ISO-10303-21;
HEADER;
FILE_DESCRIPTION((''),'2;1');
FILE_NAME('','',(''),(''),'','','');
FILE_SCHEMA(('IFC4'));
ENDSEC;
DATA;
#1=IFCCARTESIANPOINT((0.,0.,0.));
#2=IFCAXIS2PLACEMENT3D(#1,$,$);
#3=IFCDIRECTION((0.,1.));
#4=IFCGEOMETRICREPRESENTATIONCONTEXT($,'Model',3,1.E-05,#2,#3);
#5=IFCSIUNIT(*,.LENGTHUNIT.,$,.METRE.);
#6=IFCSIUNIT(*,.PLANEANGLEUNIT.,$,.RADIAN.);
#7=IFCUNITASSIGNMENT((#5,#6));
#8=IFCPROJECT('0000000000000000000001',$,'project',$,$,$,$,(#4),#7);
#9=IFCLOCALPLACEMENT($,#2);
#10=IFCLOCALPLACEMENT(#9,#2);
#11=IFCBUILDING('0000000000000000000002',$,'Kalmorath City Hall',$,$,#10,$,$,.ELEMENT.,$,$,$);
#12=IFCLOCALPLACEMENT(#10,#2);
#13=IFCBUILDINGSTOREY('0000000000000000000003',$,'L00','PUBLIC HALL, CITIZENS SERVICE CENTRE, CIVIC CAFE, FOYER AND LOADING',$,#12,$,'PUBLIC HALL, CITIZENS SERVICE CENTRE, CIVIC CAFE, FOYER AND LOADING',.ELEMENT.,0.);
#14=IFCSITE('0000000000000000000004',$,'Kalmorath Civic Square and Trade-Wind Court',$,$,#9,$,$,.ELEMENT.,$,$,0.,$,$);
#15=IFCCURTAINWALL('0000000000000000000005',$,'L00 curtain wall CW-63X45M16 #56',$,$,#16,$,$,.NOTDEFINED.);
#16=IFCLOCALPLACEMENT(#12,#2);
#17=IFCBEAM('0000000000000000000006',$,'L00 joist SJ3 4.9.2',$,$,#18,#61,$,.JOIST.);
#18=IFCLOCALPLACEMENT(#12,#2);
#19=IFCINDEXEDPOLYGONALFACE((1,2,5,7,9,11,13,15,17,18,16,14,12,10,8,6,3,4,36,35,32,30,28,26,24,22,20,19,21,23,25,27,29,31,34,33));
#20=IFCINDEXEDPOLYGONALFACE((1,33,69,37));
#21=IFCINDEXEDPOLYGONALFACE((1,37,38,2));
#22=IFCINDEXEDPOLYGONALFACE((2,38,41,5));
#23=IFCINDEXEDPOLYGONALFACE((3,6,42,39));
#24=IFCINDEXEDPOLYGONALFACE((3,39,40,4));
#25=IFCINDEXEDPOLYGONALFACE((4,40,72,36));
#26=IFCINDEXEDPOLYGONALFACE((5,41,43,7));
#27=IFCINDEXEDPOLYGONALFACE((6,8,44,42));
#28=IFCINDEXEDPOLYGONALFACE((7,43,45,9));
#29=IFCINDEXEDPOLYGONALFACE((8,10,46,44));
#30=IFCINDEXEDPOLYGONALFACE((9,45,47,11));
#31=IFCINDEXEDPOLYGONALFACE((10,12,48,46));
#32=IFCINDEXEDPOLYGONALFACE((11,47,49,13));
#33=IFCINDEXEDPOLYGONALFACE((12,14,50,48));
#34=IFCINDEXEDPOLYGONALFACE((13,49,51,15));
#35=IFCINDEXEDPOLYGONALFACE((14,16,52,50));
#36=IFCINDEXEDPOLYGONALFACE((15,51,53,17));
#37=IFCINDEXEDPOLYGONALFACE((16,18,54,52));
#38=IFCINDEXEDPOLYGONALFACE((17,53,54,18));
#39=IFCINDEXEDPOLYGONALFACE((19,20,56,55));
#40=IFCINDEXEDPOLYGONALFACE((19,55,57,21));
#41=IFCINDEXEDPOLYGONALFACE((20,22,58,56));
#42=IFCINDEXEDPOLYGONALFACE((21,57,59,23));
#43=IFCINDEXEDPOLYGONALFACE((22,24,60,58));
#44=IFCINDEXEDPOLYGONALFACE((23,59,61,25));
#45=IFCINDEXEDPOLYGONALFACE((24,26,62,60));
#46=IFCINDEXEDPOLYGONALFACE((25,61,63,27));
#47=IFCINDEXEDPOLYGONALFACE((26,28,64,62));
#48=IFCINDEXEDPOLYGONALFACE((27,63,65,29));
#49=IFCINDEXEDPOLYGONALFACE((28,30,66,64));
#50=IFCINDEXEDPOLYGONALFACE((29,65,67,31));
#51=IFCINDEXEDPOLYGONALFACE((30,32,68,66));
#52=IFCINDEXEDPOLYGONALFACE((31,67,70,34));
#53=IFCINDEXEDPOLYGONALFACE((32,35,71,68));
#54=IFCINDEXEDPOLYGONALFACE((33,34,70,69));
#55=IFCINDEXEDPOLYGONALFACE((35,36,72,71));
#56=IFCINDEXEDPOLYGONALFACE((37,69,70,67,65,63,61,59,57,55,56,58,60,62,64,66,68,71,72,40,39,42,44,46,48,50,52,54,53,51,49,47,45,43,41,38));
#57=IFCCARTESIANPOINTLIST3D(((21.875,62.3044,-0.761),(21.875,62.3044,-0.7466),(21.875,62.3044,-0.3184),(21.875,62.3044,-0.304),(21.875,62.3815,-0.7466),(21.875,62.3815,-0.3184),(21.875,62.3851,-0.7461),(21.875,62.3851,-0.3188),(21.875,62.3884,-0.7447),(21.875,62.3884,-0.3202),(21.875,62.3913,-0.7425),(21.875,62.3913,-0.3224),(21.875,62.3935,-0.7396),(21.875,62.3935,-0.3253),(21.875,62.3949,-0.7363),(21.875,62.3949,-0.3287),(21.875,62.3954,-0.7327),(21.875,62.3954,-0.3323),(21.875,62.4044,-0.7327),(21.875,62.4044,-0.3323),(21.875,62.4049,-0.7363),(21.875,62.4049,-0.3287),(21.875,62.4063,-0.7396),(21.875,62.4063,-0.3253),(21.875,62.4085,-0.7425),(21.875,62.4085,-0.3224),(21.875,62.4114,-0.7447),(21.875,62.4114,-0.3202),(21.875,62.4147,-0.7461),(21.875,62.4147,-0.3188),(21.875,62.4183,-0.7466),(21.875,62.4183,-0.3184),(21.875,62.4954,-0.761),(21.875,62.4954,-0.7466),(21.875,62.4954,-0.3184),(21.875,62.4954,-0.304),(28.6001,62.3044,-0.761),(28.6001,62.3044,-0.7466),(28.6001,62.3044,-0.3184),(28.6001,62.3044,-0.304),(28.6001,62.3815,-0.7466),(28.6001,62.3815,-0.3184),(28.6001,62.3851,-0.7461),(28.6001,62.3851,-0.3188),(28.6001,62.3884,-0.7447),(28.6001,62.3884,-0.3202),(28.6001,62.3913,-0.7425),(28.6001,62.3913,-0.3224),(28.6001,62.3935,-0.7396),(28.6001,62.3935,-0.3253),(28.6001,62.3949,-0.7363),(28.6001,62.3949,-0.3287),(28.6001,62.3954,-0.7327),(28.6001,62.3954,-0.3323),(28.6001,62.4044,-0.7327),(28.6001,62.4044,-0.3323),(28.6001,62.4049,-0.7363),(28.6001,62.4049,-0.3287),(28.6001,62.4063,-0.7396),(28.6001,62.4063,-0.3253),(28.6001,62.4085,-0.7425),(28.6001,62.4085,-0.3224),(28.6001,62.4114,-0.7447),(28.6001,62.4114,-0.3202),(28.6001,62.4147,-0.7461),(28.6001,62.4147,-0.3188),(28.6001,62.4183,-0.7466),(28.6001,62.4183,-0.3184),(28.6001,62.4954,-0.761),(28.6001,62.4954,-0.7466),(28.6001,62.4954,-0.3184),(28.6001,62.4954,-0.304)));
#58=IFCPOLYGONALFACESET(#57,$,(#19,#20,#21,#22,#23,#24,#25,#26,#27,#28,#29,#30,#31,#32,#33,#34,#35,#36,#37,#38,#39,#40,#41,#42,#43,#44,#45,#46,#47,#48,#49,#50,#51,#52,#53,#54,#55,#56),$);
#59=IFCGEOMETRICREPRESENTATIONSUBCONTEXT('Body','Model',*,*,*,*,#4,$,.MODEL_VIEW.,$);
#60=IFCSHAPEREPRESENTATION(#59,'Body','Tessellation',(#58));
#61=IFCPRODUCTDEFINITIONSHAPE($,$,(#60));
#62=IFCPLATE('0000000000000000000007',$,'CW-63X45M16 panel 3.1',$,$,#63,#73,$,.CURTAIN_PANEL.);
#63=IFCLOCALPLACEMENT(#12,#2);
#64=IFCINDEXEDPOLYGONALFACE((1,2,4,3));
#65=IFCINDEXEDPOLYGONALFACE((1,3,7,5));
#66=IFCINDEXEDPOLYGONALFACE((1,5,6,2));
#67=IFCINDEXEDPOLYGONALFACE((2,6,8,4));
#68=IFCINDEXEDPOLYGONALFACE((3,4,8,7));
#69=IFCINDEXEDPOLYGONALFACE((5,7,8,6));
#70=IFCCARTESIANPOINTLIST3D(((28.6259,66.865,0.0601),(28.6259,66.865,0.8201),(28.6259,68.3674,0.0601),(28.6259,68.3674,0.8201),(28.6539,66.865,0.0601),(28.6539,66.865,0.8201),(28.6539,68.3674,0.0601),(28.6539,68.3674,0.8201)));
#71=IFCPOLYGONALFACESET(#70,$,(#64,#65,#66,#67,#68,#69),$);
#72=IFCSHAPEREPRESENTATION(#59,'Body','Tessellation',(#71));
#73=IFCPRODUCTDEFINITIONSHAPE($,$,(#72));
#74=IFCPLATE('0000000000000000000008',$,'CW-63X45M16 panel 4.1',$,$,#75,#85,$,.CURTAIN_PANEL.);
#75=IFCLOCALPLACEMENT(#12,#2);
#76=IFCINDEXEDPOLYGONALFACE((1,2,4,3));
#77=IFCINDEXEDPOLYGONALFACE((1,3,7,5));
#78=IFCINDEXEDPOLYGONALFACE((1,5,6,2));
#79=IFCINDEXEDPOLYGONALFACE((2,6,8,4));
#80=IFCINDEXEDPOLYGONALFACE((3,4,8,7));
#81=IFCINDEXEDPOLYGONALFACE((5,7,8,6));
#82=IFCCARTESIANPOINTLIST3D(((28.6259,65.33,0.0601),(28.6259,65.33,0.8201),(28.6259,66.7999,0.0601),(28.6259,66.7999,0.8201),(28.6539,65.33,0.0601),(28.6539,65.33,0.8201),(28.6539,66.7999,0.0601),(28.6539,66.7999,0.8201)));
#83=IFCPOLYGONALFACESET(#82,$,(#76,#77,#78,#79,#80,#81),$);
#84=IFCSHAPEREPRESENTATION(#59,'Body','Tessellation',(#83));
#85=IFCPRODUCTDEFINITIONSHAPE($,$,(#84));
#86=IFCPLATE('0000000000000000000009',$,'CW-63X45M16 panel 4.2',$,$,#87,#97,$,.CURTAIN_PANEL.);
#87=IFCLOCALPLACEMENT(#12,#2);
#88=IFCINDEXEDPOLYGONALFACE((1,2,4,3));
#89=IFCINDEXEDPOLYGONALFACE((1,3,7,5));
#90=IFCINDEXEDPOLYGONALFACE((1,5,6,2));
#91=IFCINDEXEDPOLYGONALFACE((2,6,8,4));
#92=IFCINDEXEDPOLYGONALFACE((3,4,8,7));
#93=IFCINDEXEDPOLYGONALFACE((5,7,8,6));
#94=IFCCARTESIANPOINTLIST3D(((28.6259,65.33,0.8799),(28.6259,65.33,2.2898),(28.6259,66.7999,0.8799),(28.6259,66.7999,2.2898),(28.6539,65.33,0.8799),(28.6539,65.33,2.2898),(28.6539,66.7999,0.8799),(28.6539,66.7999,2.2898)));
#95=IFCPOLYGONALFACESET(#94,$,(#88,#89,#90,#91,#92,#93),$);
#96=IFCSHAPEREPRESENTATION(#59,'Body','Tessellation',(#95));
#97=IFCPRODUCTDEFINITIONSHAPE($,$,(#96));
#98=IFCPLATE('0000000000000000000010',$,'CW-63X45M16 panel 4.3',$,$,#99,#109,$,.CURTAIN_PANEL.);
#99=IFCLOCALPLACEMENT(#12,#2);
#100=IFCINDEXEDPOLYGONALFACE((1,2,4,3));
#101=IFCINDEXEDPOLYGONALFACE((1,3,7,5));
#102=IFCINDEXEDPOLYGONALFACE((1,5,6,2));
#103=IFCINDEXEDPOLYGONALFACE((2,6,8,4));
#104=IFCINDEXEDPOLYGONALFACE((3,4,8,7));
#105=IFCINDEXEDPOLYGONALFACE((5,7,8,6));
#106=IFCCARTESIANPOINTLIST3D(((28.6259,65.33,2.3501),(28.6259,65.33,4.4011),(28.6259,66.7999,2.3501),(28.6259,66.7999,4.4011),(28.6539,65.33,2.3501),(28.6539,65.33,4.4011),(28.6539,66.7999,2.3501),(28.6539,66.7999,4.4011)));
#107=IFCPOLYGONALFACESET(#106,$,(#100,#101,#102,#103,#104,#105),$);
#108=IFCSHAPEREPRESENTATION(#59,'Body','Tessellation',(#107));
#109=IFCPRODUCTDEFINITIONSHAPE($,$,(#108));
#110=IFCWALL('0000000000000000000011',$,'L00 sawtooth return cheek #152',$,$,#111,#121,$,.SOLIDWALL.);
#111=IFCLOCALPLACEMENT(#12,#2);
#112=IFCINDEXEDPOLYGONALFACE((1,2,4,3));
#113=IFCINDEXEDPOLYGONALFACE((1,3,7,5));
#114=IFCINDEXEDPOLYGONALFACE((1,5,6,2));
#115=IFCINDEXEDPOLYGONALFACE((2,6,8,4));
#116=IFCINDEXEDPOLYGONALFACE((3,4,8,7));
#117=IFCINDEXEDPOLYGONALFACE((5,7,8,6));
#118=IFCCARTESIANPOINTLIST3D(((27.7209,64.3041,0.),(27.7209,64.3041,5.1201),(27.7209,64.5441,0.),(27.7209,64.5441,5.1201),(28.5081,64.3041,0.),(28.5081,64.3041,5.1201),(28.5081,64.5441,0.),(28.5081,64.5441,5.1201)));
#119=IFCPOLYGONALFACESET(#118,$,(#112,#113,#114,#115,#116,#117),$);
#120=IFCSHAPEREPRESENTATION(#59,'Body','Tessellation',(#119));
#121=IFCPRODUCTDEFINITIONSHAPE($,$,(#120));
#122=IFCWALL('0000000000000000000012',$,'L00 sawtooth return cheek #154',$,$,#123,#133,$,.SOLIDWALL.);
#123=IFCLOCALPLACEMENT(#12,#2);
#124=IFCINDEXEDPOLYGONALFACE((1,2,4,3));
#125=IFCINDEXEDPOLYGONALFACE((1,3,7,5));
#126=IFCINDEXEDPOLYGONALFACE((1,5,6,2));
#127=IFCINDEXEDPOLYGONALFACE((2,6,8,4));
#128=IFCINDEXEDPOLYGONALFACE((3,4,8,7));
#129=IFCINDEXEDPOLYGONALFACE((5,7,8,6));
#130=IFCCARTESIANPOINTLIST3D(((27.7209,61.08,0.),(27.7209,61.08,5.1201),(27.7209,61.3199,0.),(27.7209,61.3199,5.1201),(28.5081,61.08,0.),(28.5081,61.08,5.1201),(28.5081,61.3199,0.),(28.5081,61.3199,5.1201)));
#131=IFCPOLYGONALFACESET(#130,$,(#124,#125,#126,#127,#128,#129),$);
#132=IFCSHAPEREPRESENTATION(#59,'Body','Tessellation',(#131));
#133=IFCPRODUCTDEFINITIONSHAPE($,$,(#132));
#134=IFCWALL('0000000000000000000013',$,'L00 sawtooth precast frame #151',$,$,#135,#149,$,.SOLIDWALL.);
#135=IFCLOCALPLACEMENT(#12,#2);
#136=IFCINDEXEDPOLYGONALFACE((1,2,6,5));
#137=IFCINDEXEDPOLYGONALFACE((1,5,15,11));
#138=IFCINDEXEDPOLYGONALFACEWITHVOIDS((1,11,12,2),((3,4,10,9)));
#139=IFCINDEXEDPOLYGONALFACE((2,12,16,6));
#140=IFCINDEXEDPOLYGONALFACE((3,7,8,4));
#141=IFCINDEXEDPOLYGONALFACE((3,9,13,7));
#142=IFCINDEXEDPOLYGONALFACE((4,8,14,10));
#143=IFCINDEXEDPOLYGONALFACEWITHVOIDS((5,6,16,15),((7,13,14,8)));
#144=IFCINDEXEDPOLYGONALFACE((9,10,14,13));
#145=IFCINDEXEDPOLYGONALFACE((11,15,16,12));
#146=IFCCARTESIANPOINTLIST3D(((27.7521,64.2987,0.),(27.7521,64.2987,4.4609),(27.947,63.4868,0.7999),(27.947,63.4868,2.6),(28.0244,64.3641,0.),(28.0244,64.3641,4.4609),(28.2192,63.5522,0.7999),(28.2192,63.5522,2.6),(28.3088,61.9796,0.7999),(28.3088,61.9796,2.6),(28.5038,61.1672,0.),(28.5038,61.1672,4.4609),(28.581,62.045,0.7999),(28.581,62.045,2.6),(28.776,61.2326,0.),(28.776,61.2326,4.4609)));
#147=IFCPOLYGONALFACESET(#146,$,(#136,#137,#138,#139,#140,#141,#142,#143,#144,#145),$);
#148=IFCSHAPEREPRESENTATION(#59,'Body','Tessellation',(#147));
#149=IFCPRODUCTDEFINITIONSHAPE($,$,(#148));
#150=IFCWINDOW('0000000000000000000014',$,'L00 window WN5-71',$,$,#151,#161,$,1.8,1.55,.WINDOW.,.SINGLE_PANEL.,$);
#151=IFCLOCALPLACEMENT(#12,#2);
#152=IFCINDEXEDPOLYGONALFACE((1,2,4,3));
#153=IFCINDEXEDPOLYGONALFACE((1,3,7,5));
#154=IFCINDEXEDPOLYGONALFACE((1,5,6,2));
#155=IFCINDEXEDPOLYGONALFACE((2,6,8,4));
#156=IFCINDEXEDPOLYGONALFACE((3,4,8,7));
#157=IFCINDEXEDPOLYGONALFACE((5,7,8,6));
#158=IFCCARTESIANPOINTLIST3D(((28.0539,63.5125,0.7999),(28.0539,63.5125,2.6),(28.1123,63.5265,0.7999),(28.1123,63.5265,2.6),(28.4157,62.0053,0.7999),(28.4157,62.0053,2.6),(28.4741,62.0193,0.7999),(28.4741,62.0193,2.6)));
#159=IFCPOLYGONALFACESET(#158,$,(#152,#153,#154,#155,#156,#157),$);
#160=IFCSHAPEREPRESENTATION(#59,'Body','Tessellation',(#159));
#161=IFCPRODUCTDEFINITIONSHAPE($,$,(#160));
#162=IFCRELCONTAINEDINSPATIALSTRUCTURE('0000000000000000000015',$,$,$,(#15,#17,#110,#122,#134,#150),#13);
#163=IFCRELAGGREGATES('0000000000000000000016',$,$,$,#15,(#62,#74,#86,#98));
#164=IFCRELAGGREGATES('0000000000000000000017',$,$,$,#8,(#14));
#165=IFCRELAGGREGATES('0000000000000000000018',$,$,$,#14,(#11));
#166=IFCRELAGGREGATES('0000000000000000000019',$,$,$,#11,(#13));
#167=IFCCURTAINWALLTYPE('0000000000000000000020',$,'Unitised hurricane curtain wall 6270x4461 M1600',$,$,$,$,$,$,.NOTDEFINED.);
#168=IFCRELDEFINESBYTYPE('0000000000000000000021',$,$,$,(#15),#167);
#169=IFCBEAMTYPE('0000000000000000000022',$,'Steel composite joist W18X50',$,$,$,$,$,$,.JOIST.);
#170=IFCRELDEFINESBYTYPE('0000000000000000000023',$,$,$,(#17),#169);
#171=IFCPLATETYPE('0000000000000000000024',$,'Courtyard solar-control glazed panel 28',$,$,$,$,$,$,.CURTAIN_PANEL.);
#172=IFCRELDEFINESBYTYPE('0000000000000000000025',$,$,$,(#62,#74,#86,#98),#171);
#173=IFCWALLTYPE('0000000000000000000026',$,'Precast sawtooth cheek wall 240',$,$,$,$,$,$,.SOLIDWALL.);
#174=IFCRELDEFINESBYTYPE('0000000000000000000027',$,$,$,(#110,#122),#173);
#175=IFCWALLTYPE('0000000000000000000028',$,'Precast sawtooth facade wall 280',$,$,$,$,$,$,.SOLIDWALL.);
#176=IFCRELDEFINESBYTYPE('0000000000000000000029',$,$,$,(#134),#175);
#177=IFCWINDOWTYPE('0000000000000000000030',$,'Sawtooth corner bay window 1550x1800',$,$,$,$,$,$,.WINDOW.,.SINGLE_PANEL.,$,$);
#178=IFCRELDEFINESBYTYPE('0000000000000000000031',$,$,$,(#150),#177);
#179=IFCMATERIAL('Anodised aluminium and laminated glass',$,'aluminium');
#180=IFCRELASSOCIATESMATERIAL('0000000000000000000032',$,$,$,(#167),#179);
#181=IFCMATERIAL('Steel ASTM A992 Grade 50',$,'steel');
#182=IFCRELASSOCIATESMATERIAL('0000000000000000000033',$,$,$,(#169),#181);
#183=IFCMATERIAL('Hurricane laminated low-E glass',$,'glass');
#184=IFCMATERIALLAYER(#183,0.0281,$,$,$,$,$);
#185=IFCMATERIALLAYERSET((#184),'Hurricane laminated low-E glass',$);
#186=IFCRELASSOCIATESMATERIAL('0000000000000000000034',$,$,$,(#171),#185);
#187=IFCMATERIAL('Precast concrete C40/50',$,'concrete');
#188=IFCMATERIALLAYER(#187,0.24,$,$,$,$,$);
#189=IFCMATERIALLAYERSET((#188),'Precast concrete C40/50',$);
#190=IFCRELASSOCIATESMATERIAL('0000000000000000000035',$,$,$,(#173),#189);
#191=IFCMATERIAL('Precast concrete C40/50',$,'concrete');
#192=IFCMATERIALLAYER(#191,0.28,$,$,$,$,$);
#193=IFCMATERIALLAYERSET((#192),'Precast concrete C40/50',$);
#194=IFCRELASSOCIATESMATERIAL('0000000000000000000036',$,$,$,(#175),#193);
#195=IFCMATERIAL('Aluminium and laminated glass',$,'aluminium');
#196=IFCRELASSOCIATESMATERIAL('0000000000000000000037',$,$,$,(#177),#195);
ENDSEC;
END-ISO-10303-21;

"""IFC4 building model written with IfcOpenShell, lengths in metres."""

from ifc_helpers import new_model, si_unit, direction, frame, frame_2d, origin, origin_2d, place, context, subcontext, project, spatial, rectangle, i_section, extrude, material, layer, layer_set, material_profile, profile_set, type_object, element, fill, aggregate, save


model = new_model("IFC4")

# Units and contexts
model_context = context("Model", 3, precision=1e-05, world=origin(), true_north=direction((0.0, 1.0)))
body_context = subcontext(model_context, "Body", "Model", "MODEL_VIEW")
ifc_project = project(units=[si_unit("LENGTHUNIT", "METRE"), si_unit("PLANEANGLEUNIT", "RADIAN")], contexts=[model_context])

# Site, building, storey
site_placement = place(None, origin())
site = spatial("IfcSite", under=ifc_project, at=site_placement, Name="Kalmorath Civic Square and Trade-Wind Court", CompositionType="ELEMENT", RefElevation=0.0)
building_placement = place(site_placement, origin())
building = spatial("IfcBuilding", under=site, at=building_placement, Name="Kalmorath City Hall", CompositionType="ELEMENT")
storey_placement = place(building_placement, origin())
storey = spatial("IfcBuildingStorey", under=building, at=storey_placement, Name="L00", Description="PUBLIC HALL, CITIZENS SERVICE CENTRE, CIVIC CAFE, FOYER AND LOADING", LongName="PUBLIC HALL, CITIZENS SERVICE CENTRE, CIVIC CAFE, FOYER AND LOADING", CompositionType="ELEMENT", Elevation=0.0)

# Curtain wall
ifc_material_1 = material(Name="Anodised aluminium and laminated glass", Category="aluminium")
curtain_wall_type = type_object("IfcCurtainWallType", Name="Unitised hurricane curtain wall 6270x4461 M1600", PredefinedType="NOTDEFINED", material=ifc_material_1)
curtain_wall_placement = place(storey_placement, origin())
curtain_wall = element("IfcCurtainWall", 1, at=curtain_wall_placement, inside=storey, type_object=curtain_wall_type, Name="L00 curtain wall CW-63X45M16 #56", PredefinedType="NOTDEFINED")

# Beam
ifc_material_2 = material(Name="Steel ASTM A992 Grade 50", Category="steel")
ifc_material_profile_1 = material_profile(ifc_material_2, i_section(OverallWidth=0.1909, OverallDepth=0.457, WebThickness=0.009, FlangeThickness=0.0144, FilletRadius=0.0139, at=origin_2d()), Name="W18X50")
ifc_profile_set_1 = profile_set([ifc_material_profile_1], Name="Steel ASTM A992 Grade 50")
beam_type_1 = type_object("IfcBeamType", Name="Steel composite joist W18X50", PredefinedType="JOIST", material=ifc_profile_set_1)
for number, where, z_axis, x_axis, name in (
    (2, (21.875, 62.3999, -0.5325), (1.0, 0.0, 0.0), (0.0, 1.0, 0.0), "L00 joist SJ3 4.9.2"),
):
    element("IfcBeam", number, at=place(storey_placement, frame(where, z_axis=z_axis, x_axis=x_axis)), inside=storey, type_object=beam_type_1, Name=name, PredefinedType="JOIST", context=body_context, shape_type="SweptSolid", body=[
        extrude(i_section(OverallWidth=0.1909, OverallDepth=0.457, WebThickness=0.009, FlangeThickness=0.0144, FilletRadius=0.0139, at=origin_2d()), origin(), (0.0, 0.0, 1.0), 6.7251),
    ])

# Plates
ifc_material_3 = material(Name="Hurricane laminated low-E glass", Category="glass")
ifc_layer_1 = layer(ifc_material_3, 0.0281)
ifc_layer_set_1 = layer_set([ifc_layer_1], Name="Hurricane laminated low-E glass")
plate_type = type_object("IfcPlateType", Name="Courtyard solar-control glazed panel 28", PredefinedType="CURTAIN_PANEL", material=ifc_layer_set_1)
plate_1_placement = place(storey_placement, frame((28.6399, 67.6162, 0.0601), z_axis=(0.0, 0.0, 1.0), x_axis=(0.0, -1.0, 0.0)))
plate_1 = element("IfcPlate", 3, at=plate_1_placement, type_object=plate_type, Name="CW-63X45M16 panel 3.1", PredefinedType="CURTAIN_PANEL", context=body_context, shape_type="SweptSolid", body=[
    extrude(rectangle(XDim=1.5024, YDim=0.0281, at=origin_2d()), origin(), (0.0, 0.0, 1.0), 0.76),
])
plate_2_placement = place(storey_placement, frame((28.6399, 66.0649, 0.0601), z_axis=(0.0, 0.0, 1.0), x_axis=(0.0, -1.0, 0.0)))
plate_2 = element("IfcPlate", 4, at=plate_2_placement, type_object=plate_type, Name="CW-63X45M16 panel 4.1", PredefinedType="CURTAIN_PANEL", context=body_context, shape_type="SweptSolid", body=[
    extrude(rectangle(XDim=1.47, YDim=0.0281, at=origin_2d()), origin(), (0.0, 0.0, 1.0), 0.76),
])
plate_3_placement = place(storey_placement, frame((28.6399, 66.0649, 0.8799), z_axis=(0.0, 0.0, 1.0), x_axis=(0.0, -1.0, 0.0)))
plate_3 = element("IfcPlate", 5, at=plate_3_placement, type_object=plate_type, Name="CW-63X45M16 panel 4.2", PredefinedType="CURTAIN_PANEL", context=body_context, shape_type="SweptSolid", body=[
    extrude(rectangle(XDim=1.47, YDim=0.0281, at=origin_2d()), origin(), (0.0, 0.0, 1.0), 1.4099),
])
plate_4_placement = place(storey_placement, frame((28.6399, 66.0649, 2.3501), z_axis=(0.0, 0.0, 1.0), x_axis=(0.0, -1.0, 0.0)))
plate_4 = element("IfcPlate", 6, at=plate_4_placement, type_object=plate_type, Name="CW-63X45M16 panel 4.3", PredefinedType="CURTAIN_PANEL", context=body_context, shape_type="SweptSolid", body=[
    extrude(rectangle(XDim=1.47, YDim=0.0281, at=origin_2d()), origin(), (0.0, 0.0, 1.0), 2.051),
])
aggregate(curtain_wall, [plate_1, plate_2, plate_3, plate_4])

# Walls
ifc_material_4 = material(Name="Precast concrete C40/50", Category="concrete")
ifc_layer_2 = layer(ifc_material_4, 0.24)
ifc_layer_set_2 = layer_set([ifc_layer_2], Name="Precast concrete C40/50")
wall_type_1 = type_object("IfcWallType", Name="Precast sawtooth cheek wall 240", PredefinedType="SOLIDWALL", material=ifc_layer_set_2)
for number, where, z_axis, x_axis, name in (
    (7, (27.7209, 64.4241, 0.0), (0.0, 0.0, 1.0), (1.0, 0.0, 0.0), "L00 sawtooth return cheek #152"),
    (8, (27.7209, 61.2, 0.0), (0.0, 0.0, 1.0), (1.0, 0.0, 0.0), "L00 sawtooth return cheek #154"),
):
    element("IfcWall", number, at=place(storey_placement, frame(where, z_axis=z_axis, x_axis=x_axis)), inside=storey, type_object=wall_type_1, Name=name, PredefinedType="SOLIDWALL", context=body_context, shape_type="SweptSolid", body=[
        extrude(rectangle(XDim=0.7871, YDim=0.24, at=frame_2d((0.3936, 0.0))), origin(), (0.0, 0.0, 1.0), 5.1201),
    ])

# Wall, opening, window
ifc_material_5 = material(Name="Precast concrete C40/50", Category="concrete")
ifc_layer_3 = layer(ifc_material_5, 0.28)
ifc_layer_set_3 = layer_set([ifc_layer_3], Name="Precast concrete C40/50")
wall_type_2 = type_object("IfcWallType", Name="Precast sawtooth facade wall 280", PredefinedType="SOLIDWALL", material=ifc_layer_set_3)
wall_1_placement = place(storey_placement, frame((27.8882, 64.3315, 0.0), z_axis=(0.0, 0.0, 1.0), x_axis=(0.23341, -0.972378, 0.0)))
wall_1 = element("IfcWall", 9, at=wall_1_placement, inside=storey, type_object=wall_type_2, Name="L00 sawtooth precast frame #151", PredefinedType="SOLIDWALL", context=body_context, shape_type="SweptSolid", body=[
    extrude(rectangle(XDim=3.2205, YDim=0.28, at=frame_2d((1.6104, 0.0))), origin(), (0.0, 0.0, 1.0), 4.4609),
])
opening_1_placement = place(wall_1_placement, frame((0.8352, 0.0, 0.8)))
opening_1 = element("IfcOpeningElement", 10, at=opening_1_placement, cuts=wall_1, PredefinedType="OPENING", context=body_context, shape_type="SweptSolid", body=[
    extrude(rectangle(XDim=1.55, YDim=1.8, at=frame_2d((0.7749, 0.8999))), frame((0.0, 0.1499, 0.0), z_axis=(0.0, -1.0, 0.0), x_axis=(1.0, 0.0, 0.0)), (0.0, 0.0, 1.0), 0.3),
])
ifc_material_6 = material(Name="Aluminium and laminated glass", Category="aluminium")
window_type = type_object("IfcWindowType", Name="Sawtooth corner bay window 1550x1800", PartitioningType="SINGLE_PANEL", PredefinedType="WINDOW", material=ifc_material_6)
window_1_placement = place(opening_1_placement, origin())
window_1 = element("IfcWindow", 11, at=window_1_placement, inside=storey, type_object=window_type, Name="L00 window WN5-71", OverallHeight=1.8, OverallWidth=1.55, PartitioningType="SINGLE_PANEL", PredefinedType="WINDOW", context=body_context, shape_type="SweptSolid", body=[
    extrude(rectangle(XDim=1.55, YDim=1.8, at=frame_2d((0.7749, 0.8999))), frame((0.0, 0.03, 0.0), z_axis=(0.0, -1.0, 0.0), x_axis=(1.0, 0.0, 0.0)), (0.0, 0.0, 1.0), 0.0601),
])
fill(opening_1, window_1)

save(model, "model.ifc")
